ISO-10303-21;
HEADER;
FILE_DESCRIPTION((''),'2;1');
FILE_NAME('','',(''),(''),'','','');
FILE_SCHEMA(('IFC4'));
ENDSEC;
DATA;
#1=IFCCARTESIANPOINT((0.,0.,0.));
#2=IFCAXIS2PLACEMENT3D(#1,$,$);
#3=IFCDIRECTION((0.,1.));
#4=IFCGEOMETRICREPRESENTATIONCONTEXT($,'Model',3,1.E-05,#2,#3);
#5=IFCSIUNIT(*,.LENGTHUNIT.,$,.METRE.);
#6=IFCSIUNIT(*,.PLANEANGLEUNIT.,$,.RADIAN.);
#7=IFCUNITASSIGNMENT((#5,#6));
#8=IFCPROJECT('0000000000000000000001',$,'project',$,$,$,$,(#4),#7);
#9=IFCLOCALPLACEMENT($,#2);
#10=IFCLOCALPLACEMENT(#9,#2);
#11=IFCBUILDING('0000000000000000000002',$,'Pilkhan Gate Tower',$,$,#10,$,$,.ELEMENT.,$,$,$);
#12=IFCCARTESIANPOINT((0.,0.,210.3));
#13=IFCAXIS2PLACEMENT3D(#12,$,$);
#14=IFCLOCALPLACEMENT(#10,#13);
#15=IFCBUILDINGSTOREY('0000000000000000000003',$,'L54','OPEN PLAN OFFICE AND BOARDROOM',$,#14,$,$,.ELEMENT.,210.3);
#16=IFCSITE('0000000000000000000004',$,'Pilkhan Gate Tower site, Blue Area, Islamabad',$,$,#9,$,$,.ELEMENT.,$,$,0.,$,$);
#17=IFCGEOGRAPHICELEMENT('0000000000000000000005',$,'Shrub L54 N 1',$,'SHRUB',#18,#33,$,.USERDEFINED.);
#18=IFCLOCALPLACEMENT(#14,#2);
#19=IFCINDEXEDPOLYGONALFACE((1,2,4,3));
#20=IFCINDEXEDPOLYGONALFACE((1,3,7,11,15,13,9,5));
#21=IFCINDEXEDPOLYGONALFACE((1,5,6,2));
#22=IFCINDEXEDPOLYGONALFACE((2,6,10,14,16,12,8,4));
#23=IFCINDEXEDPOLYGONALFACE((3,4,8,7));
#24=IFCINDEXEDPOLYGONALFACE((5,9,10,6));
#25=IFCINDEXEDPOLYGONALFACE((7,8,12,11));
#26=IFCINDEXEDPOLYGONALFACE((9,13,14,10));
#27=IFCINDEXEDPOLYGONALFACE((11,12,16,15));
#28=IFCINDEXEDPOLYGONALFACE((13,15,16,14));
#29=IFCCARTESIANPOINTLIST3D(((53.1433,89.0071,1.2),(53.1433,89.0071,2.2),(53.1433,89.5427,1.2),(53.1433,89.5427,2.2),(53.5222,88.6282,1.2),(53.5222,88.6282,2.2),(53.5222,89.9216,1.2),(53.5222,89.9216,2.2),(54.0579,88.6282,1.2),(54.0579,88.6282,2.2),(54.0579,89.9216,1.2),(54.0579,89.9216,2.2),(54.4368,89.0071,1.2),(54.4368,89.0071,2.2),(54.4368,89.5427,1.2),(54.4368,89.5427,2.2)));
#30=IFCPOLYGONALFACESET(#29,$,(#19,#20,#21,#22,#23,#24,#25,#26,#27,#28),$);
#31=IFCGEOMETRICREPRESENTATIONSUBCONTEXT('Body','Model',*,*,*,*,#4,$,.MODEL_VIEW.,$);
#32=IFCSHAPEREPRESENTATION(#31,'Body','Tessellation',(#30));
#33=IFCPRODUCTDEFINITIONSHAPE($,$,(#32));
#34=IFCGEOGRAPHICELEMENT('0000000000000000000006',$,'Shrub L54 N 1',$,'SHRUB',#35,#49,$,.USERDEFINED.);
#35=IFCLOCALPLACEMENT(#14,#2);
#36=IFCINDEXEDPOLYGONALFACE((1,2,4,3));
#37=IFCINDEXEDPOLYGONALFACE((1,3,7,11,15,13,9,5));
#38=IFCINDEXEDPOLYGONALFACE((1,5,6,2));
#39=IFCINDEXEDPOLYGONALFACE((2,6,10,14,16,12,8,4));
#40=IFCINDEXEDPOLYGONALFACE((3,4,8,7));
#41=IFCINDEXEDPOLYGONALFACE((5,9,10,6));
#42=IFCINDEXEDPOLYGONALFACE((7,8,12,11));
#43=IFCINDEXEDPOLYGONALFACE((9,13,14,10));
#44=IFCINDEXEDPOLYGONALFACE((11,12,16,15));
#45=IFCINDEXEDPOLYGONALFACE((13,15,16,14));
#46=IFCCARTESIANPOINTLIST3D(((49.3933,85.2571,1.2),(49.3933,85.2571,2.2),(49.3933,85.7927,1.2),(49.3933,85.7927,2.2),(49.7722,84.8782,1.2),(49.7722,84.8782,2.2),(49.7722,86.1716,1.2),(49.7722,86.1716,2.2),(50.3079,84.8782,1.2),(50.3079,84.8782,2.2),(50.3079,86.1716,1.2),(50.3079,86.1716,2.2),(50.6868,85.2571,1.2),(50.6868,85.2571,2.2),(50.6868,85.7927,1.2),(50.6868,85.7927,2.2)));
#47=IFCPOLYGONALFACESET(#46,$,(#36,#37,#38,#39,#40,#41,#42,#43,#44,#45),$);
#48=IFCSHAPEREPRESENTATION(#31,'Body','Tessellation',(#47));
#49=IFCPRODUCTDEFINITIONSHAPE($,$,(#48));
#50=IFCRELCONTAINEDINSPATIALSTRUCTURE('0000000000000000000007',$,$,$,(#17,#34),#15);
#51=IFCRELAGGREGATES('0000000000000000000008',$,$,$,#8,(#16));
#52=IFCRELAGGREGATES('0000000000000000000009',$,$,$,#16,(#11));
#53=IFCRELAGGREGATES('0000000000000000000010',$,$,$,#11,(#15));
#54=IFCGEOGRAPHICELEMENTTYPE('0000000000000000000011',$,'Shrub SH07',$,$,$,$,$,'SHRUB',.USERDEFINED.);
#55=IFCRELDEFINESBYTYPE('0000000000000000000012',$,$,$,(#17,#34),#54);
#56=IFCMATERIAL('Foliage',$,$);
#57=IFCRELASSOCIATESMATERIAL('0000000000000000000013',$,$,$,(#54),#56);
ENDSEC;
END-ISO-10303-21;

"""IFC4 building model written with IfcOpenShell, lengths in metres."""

from ifc_helpers import new_model, si_unit, direction, frame, origin, place, context, subcontext, project, spatial, polyline, outline, extrude, material, material_profile, profile_set, type_object, element, save


model = new_model("IFC4")

# Units and contexts
model_context = context("Model", 3, precision=1e-05, world=origin(), true_north=direction((0.0, 1.0)))
body_context = subcontext(model_context, "Body", "Model", "MODEL_VIEW")
ifc_project = project(units=[si_unit("LENGTHUNIT", "METRE"), si_unit("PLANEANGLEUNIT", "RADIAN")], contexts=[model_context])

# Site, building, storey
site_placement = place(None, origin())
site = spatial("IfcSite", under=ifc_project, at=site_placement, Name="Pilkhan Gate Tower site, Blue Area, Islamabad", CompositionType="ELEMENT", RefElevation=0.0)
building_placement = place(site_placement, origin())
building = spatial("IfcBuilding", under=site, at=building_placement, Name="Pilkhan Gate Tower", CompositionType="ELEMENT")
storey_placement = place(building_placement, frame((0.0, 0.0, 210.3)))
storey = spatial("IfcBuildingStorey", under=building, at=storey_placement, Name="L54", Description="OPEN PLAN OFFICE AND BOARDROOM", CompositionType="ELEMENT", Elevation=210.3)

# Geographic elements
ifc_material_1 = material(Name="Foliage")
ifc_material_profile_1 = material_profile(ifc_material_1, outline(polyline([(0.6467, 0.2678), (0.2678, 0.6467), (-0.2678, 0.6467), (-0.6467, 0.2678), (-0.6467, -0.2678), (-0.2678, -0.6467), (0.2678, -0.6467), (0.6467, -0.2678), (0.6467, 0.2678)])), Name="Shrub D1.4")
ifc_profile_set_1 = profile_set([ifc_material_profile_1], Name="Foliage")
geographic_element_type_1 = type_object("IfcGeographicElementType", Name="Shrub SH07", ElementType="SHRUB", PredefinedType="USERDEFINED", material=ifc_profile_set_1)
for number, where, z_axis, x_axis, name in (
    (1, (53.79, 89.2749, 1.2), (0.0, 0.0, 1.0), (1.0, 0.0, 0.0), "Shrub L54 N 1"),
    (2, (50.04, 85.5249, 1.2), (0.0, 0.0, 1.0), (1.0, 0.0, 0.0), "Shrub L54 N 1"),
):
    element("IfcGeographicElement", number, at=place(storey_placement, frame(where, z_axis=z_axis, x_axis=x_axis)), inside=storey, type_object=geographic_element_type_1, Name=name, ObjectType="SHRUB", PredefinedType="USERDEFINED", context=body_context, shape_type="SweptSolid", body=[
        extrude(outline(polyline([(0.6467, 0.2678), (0.2678, 0.6467), (-0.2678, 0.6467), (-0.6467, 0.2678), (-0.6467, -0.2678), (-0.2678, -0.6467), (0.2678, -0.6467), (0.6467, -0.2678), (0.6467, 0.2678)])), origin(), (0.0, 0.0, 1.0), 1.0),
    ])

save(model, "model.ifc")
